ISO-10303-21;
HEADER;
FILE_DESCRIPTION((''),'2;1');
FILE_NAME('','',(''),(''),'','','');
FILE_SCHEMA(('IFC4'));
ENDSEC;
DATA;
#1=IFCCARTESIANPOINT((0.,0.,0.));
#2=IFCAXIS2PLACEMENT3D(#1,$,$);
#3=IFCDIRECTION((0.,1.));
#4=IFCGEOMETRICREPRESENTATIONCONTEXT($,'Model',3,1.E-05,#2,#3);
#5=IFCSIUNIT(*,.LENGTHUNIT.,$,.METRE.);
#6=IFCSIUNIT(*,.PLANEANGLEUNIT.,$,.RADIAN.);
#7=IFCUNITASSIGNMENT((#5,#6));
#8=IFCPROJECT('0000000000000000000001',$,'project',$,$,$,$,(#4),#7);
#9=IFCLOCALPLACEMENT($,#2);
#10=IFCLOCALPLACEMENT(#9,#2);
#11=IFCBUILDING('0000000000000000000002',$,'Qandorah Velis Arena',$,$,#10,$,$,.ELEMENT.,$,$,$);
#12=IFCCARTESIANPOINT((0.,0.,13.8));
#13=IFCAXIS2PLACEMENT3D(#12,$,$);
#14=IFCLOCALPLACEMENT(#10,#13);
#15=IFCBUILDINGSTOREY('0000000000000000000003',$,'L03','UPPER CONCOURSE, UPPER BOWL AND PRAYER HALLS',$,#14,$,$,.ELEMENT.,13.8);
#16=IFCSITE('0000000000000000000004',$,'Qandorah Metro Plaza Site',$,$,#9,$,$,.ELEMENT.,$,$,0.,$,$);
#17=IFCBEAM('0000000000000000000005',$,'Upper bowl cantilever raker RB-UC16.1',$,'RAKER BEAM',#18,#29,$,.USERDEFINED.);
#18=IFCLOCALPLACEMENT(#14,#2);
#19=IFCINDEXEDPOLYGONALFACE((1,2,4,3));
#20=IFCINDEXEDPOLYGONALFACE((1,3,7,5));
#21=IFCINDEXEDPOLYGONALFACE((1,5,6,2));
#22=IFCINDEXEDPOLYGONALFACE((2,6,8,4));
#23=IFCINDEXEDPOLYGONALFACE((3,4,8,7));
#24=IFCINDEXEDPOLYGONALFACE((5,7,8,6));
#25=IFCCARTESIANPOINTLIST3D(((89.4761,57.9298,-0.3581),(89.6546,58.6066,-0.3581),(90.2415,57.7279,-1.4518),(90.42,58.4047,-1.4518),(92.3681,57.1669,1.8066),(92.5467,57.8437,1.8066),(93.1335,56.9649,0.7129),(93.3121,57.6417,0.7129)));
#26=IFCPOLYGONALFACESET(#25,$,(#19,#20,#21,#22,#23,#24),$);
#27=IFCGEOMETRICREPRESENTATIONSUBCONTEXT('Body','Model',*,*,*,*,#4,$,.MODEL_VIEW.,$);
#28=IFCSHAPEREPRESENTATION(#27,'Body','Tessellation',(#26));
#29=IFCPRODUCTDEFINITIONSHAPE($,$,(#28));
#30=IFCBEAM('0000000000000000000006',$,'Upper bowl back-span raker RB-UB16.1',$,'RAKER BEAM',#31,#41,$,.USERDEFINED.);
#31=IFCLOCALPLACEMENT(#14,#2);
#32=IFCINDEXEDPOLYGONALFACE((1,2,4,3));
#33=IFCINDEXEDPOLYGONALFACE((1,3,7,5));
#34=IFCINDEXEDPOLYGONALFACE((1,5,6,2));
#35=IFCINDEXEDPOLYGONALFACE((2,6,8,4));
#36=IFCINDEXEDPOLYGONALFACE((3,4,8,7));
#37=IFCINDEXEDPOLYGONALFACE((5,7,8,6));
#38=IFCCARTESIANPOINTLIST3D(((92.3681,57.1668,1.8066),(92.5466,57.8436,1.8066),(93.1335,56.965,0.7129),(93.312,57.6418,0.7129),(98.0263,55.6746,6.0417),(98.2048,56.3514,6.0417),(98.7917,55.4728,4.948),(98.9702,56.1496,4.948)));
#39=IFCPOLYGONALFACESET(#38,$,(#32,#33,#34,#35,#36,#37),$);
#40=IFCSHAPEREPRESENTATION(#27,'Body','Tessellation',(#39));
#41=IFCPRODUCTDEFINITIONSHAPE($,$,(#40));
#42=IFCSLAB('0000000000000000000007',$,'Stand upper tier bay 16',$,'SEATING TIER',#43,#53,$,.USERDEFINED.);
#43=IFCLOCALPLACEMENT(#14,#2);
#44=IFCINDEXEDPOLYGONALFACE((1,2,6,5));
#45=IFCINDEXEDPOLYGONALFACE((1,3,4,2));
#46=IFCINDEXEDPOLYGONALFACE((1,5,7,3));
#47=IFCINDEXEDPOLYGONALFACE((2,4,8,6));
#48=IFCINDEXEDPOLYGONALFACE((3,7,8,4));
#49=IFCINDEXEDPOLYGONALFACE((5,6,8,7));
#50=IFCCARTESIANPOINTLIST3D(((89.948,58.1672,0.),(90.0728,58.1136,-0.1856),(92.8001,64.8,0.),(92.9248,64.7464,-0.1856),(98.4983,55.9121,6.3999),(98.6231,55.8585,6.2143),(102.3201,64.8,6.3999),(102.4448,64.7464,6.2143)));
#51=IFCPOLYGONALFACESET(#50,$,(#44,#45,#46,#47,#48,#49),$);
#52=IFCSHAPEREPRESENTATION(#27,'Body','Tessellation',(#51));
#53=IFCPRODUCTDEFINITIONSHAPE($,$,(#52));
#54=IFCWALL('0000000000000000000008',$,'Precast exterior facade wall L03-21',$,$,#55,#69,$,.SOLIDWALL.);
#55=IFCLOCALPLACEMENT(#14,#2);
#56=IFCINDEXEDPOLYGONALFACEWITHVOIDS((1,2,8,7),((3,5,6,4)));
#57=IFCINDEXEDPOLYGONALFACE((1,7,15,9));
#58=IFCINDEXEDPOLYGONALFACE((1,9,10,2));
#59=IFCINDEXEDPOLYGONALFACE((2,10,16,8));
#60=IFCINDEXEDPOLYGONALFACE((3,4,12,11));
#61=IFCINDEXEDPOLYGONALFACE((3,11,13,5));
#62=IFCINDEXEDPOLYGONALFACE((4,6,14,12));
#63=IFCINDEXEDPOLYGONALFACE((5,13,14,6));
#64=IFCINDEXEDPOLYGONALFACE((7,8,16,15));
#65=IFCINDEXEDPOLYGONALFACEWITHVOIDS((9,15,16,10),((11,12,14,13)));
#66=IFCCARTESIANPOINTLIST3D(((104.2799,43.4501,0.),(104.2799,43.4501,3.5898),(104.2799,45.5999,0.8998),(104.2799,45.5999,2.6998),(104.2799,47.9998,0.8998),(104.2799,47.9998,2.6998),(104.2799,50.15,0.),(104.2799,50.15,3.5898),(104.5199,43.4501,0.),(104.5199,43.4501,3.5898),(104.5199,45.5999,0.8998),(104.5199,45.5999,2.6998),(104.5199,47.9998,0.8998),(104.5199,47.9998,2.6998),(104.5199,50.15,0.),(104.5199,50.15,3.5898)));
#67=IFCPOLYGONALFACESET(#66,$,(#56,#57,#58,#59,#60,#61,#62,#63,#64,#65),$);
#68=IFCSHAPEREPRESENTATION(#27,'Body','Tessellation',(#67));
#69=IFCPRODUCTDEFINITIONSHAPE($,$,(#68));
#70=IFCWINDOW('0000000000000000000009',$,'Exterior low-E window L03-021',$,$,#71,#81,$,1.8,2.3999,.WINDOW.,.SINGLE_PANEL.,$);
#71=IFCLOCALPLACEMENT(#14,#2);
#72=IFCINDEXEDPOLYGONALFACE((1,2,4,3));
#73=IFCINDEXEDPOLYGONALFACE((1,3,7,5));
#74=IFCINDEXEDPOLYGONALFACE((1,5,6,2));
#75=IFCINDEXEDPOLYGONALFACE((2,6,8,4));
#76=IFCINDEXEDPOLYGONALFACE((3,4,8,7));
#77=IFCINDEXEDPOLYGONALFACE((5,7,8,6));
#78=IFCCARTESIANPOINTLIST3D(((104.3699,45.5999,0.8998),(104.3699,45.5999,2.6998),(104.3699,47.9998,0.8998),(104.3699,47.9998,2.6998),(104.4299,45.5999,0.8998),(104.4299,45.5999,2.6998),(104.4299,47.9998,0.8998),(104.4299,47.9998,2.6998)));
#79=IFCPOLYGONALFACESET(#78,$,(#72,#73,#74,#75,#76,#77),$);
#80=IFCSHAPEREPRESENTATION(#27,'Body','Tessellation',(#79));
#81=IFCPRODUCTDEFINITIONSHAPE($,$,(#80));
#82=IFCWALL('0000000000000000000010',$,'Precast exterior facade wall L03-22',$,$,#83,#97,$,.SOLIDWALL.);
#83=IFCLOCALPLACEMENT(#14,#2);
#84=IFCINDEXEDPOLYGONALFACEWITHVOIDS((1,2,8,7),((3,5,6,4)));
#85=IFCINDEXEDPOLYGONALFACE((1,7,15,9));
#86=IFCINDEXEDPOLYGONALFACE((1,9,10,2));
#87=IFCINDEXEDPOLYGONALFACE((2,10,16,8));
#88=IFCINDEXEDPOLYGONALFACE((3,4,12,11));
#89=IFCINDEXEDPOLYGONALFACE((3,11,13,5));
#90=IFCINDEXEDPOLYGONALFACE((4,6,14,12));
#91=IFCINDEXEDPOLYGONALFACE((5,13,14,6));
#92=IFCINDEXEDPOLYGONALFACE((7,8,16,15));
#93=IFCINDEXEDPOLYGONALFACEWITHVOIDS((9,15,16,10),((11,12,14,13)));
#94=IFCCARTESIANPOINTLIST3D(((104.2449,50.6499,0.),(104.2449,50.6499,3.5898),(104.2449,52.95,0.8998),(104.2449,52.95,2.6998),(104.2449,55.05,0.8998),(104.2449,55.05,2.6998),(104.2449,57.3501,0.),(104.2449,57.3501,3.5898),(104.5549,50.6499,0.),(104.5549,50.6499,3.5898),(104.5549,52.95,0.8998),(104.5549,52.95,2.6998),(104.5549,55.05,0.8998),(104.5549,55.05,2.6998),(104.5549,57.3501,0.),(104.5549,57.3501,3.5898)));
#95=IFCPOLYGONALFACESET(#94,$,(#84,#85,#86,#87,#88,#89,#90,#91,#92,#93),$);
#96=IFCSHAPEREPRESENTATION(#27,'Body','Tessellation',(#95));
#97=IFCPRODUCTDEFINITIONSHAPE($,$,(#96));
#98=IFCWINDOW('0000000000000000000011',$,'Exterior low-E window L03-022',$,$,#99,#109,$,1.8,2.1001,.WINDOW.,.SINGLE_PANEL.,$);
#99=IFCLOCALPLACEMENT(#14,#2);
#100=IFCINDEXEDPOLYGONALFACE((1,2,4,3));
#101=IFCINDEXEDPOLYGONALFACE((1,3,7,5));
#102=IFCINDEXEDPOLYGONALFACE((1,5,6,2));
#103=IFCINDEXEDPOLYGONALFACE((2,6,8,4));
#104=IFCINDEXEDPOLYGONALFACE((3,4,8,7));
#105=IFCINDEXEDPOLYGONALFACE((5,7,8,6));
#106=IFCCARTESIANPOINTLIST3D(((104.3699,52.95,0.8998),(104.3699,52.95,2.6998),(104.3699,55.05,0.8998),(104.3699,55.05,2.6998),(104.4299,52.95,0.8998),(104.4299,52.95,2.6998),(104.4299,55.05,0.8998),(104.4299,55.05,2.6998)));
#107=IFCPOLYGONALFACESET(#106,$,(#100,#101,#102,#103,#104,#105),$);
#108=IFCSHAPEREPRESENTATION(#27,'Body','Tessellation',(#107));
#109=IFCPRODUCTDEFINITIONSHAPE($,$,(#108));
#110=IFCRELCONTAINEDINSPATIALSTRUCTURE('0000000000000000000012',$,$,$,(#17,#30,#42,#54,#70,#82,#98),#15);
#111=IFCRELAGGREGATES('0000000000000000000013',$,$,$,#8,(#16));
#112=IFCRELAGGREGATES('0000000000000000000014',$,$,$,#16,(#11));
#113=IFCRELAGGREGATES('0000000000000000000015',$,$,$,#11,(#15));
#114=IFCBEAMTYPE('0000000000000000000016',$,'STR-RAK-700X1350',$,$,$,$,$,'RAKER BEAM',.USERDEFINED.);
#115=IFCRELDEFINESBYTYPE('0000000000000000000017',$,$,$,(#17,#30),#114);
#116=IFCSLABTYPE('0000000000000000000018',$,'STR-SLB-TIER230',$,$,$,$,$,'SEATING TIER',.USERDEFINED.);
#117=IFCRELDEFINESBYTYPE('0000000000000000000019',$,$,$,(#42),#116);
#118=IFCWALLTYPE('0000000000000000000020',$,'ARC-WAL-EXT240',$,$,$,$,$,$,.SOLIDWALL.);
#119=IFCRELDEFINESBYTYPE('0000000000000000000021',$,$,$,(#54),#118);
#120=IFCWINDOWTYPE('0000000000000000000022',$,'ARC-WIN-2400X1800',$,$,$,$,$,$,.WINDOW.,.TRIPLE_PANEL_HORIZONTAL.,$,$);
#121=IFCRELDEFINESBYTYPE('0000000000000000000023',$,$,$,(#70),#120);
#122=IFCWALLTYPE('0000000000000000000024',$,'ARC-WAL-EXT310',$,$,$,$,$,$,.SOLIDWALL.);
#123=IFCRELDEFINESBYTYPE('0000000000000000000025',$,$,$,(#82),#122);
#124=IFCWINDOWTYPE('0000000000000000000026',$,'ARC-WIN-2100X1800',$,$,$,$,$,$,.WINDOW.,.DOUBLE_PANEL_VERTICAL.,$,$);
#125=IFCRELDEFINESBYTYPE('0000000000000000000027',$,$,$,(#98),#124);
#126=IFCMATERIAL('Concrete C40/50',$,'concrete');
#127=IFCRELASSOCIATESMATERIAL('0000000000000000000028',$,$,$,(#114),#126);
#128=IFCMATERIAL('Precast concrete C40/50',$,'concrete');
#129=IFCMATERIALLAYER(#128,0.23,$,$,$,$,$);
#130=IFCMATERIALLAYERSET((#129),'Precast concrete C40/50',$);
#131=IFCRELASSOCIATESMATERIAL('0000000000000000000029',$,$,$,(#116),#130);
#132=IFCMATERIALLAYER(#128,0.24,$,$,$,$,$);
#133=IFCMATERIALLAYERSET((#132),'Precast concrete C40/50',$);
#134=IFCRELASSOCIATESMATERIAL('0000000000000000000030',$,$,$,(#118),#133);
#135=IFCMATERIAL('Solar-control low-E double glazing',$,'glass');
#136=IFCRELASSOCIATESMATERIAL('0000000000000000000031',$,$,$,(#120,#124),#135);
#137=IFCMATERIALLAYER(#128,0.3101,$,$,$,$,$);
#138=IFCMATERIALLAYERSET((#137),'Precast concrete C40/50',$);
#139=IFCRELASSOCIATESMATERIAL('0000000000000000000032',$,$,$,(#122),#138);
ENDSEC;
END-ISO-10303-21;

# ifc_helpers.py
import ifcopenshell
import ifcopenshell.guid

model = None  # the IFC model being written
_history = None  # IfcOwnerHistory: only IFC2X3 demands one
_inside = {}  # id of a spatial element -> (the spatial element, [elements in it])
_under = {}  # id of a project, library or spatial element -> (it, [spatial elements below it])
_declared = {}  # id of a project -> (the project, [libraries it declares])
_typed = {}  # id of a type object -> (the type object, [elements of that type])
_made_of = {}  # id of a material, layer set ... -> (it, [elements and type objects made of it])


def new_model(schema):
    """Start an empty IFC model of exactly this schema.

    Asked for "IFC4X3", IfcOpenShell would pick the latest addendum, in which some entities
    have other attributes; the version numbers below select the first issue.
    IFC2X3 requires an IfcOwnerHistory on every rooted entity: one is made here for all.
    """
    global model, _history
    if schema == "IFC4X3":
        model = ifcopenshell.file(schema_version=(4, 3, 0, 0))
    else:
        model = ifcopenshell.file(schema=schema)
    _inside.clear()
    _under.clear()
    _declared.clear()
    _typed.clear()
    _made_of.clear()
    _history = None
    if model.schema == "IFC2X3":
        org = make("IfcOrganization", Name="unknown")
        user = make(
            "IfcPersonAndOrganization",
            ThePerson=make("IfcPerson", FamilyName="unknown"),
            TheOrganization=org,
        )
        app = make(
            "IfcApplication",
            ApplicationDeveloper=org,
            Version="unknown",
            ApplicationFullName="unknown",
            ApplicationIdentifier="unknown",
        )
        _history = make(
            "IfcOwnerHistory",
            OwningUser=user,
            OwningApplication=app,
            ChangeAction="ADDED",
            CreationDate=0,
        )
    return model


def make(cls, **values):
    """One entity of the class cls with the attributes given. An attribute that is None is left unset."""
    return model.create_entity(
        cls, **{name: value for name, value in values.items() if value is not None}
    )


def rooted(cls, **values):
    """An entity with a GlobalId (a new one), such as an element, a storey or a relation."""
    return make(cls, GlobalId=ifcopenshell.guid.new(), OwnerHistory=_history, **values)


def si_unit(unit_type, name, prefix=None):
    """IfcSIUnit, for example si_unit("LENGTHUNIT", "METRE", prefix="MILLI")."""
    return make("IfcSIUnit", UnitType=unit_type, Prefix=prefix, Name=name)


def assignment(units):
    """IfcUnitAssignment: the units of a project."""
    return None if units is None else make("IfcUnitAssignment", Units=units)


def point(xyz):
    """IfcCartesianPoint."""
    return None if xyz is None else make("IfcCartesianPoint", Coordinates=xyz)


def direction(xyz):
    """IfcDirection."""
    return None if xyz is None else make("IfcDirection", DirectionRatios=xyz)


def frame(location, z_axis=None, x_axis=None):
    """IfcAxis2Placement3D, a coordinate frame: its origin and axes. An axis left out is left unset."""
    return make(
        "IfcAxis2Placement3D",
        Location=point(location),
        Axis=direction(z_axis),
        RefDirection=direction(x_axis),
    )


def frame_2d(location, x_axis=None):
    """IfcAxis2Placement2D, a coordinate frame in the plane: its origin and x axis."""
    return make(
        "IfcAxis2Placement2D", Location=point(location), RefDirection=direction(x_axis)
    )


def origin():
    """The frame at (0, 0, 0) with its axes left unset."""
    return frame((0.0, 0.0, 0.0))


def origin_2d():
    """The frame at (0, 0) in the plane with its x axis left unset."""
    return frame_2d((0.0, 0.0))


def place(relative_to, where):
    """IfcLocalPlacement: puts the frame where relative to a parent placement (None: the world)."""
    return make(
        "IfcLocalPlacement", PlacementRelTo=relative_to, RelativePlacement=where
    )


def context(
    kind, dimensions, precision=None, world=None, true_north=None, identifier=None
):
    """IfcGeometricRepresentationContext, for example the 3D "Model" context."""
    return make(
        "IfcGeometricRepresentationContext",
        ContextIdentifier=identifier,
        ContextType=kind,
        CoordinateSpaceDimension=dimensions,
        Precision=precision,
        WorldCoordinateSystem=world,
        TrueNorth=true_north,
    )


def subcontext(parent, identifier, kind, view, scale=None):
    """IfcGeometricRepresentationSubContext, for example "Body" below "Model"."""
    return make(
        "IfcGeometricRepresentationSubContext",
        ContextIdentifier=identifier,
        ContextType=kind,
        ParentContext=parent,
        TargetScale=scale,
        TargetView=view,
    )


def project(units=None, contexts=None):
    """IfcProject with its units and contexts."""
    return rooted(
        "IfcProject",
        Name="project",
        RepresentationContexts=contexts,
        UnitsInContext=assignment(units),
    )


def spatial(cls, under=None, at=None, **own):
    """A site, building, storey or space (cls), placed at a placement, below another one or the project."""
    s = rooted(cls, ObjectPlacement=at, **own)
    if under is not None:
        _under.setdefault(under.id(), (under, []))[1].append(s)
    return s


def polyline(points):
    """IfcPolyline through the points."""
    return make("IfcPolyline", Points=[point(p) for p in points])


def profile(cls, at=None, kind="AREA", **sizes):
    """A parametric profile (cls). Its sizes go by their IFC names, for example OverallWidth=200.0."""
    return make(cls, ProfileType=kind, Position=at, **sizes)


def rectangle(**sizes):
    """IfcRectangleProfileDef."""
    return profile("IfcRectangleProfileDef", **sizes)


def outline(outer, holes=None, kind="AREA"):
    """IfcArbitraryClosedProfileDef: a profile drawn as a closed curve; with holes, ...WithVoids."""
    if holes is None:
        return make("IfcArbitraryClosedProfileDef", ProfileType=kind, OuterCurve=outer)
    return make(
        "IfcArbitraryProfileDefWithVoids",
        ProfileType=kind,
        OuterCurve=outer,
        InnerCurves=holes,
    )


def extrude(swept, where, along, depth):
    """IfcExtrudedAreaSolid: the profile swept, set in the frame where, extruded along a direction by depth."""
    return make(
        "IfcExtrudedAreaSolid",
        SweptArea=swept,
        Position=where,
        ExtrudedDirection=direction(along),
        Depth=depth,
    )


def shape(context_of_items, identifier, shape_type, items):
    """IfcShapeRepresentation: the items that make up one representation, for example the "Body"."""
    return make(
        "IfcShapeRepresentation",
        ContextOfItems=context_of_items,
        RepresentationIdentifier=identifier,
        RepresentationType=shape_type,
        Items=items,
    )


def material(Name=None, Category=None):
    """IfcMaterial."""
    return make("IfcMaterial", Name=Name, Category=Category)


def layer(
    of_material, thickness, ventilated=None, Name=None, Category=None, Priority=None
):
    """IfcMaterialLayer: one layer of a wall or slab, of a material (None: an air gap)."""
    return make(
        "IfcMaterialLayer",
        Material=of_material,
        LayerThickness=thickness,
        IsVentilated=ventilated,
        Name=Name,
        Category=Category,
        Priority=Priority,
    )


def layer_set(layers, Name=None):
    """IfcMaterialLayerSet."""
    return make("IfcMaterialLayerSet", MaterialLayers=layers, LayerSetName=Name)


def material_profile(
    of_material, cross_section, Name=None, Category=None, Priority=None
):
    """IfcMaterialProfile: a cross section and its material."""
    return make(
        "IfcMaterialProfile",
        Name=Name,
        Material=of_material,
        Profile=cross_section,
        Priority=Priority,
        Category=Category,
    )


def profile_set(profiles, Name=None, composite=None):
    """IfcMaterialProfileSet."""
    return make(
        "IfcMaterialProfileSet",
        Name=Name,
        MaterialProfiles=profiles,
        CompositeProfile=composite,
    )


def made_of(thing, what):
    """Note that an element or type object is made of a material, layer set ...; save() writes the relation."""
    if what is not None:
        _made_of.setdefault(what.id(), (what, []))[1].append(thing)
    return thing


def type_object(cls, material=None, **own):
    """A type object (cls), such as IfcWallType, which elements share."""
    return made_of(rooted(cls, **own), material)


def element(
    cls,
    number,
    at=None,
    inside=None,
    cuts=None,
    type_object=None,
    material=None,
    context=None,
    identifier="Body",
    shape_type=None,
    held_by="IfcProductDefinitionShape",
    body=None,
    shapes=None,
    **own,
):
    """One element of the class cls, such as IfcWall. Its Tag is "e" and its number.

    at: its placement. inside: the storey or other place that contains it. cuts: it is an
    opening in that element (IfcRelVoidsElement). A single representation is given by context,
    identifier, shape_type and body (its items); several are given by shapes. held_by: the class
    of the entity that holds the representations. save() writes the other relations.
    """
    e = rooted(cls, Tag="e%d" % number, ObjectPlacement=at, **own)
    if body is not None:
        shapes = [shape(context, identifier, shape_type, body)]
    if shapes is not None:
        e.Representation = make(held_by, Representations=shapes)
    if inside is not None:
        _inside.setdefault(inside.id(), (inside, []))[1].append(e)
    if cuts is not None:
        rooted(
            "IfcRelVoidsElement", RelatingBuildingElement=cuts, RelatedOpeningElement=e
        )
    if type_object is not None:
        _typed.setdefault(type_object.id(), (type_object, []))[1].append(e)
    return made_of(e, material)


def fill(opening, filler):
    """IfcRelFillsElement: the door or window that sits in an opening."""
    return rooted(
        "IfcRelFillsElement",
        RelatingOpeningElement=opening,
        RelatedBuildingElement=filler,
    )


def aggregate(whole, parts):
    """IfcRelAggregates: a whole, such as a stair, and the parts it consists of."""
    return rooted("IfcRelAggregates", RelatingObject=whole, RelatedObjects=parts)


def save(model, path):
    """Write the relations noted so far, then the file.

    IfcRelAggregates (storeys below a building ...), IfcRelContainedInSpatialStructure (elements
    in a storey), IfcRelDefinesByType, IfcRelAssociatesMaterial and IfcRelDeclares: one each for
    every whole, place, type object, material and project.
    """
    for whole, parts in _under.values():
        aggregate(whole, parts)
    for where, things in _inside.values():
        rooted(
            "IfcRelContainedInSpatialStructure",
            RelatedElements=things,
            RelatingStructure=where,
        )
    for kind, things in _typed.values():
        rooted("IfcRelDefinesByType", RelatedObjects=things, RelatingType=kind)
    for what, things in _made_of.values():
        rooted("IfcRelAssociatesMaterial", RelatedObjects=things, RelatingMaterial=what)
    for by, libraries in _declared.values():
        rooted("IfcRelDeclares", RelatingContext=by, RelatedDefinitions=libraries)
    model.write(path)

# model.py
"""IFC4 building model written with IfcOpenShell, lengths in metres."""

from ifc_helpers import new_model, si_unit, direction, frame, frame_2d, origin, origin_2d, place, context, subcontext, project, spatial, polyline, rectangle, outline, extrude, material, layer, layer_set, material_profile, profile_set, type_object, element, fill, save


model = new_model("IFC4")

# Units and contexts
model_context = context("Model", 3, precision=1e-05, world=origin(), true_north=direction((0.0, 1.0)))
body_context = subcontext(model_context, "Body", "Model", "MODEL_VIEW")
ifc_project = project(units=[si_unit("LENGTHUNIT", "METRE"), si_unit("PLANEANGLEUNIT", "RADIAN")], contexts=[model_context])

# Site, building, storey
site_placement = place(None, origin())
site = spatial("IfcSite", under=ifc_project, at=site_placement, Name="Qandorah Metro Plaza Site", CompositionType="ELEMENT", RefElevation=0.0)
building_placement = place(site_placement, origin())
building = spatial("IfcBuilding", under=site, at=building_placement, Name="Qandorah Velis Arena", CompositionType="ELEMENT")
storey_placement = place(building_placement, frame((0.0, 0.0, 13.8)))
storey = spatial("IfcBuildingStorey", under=building, at=storey_placement, Name="L03", Description="UPPER CONCOURSE, UPPER BOWL AND PRAYER HALLS", CompositionType="ELEMENT", Elevation=13.8)

# Shared definitions
ifc_material_1 = material(Name="Concrete C40/50", Category="concrete")

# Beams
ifc_material_profile_1 = material_profile(ifc_material_1, rectangle(XDim=0.7, YDim=1.3501, at=origin_2d()), Name="RC RAKER 700x1350")
ifc_profile_set_1 = profile_set([ifc_material_profile_1], Name="Concrete C40/50")
beam_type_1 = type_object("IfcBeamType", Name="STR-RAK-700X1350", ElementType="RAKER BEAM", PredefinedType="USERDEFINED", material=ifc_profile_set_1)
beam_1_placement = place(storey_placement, frame((92.8401, 57.4043, 1.2598), z_axis=(-0.78329, 0.206634, -0.58631), x_axis=(-0.255076, -0.966921, 0.0)))
element("IfcBeam", 1, at=beam_1_placement, inside=storey, type_object=beam_type_1, Name="Upper bowl cantilever raker RB-UC16.1", ObjectType="RAKER BEAM", PredefinedType="USERDEFINED", context=body_context, shape_type="SweptSolid", body=[
    extrude(rectangle(XDim=0.7, YDim=1.3501, at=origin_2d()), origin(), (0.0, 0.0, 1.0), 3.6921),
])
beam_2_placement = place(storey_placement, frame((92.8401, 57.4043, 1.2598), z_axis=(0.783312, -0.206576, 0.586301), x_axis=(0.255003, 0.96694, 0.0)))
element("IfcBeam", 2, at=beam_2_placement, inside=storey, type_object=beam_type_1, Name="Upper bowl back-span raker RB-UB16.1", ObjectType="RAKER BEAM", PredefinedType="USERDEFINED", context=body_context, shape_type="SweptSolid", body=[
    extrude(rectangle(XDim=0.7, YDim=1.3501, at=origin_2d()), origin(), (0.0, 0.0, 1.0), 7.2234),
])

# Slab
ifc_material_2 = material(Name="Precast concrete C40/50", Category="concrete")
ifc_layer_1 = layer(ifc_material_2, 0.23)
ifc_layer_set_1 = layer_set([ifc_layer_1], Name="Precast concrete C40/50")
slab_type = type_object("IfcSlabType", Name="STR-SLB-TIER230", ElementType="SEATING TIER", PredefinedType="USERDEFINED", material=ifc_layer_set_1)
slab_placement = place(storey_placement, frame((89.948, 58.1672, 0.0), z_axis=(-0.542516, 0.233279, 0.807005), x_axis=(0.395022, 0.918672, -0.000001)))
element("IfcSlab", 3, at=slab_placement, inside=storey, type_object=slab_type, Name="Stand upper tier bay 16", ObjectType="SEATING TIER", PredefinedType="USERDEFINED", context=body_context, shape_type="SweptSolid", body=[
    extrude(outline(polyline([(0.0, 0.0), (7.22, 0.0), (10.9806, -10.8373), (1.3058, -10.8373), (0.0, 0.0)])), origin(), (0.0, 0.0, -1.0), 0.23),
])

# Walls, openings, windows
ifc_layer_2 = layer(ifc_material_2, 0.24)
ifc_layer_set_2 = layer_set([ifc_layer_2], Name="Precast concrete C40/50")
wall_type_1 = type_object("IfcWallType", Name="ARC-WAL-EXT240", PredefinedType="SOLIDWALL", material=ifc_layer_set_2)
wall_1_placement = place(storey_placement, frame((104.3999, 43.45, 0.0), z_axis=(0.0, 0.0, 1.0), x_axis=(0.0, 1.0, 0.0)))
wall_1 = element("IfcWall", 4, at=wall_1_placement, inside=storey, type_object=wall_type_1, Name="Precast exterior facade wall L03-21", PredefinedType="SOLIDWALL", context=body_context, shape_type="SweptSolid", body=[
    extrude(rectangle(XDim=6.7, YDim=0.24, at=frame_2d((3.3501, 0.0))), origin(), (0.0, 0.0, 1.0), 3.5898),
])
opening_1_placement = place(wall_1_placement, frame((2.1499, 0.0, 0.8999)))
opening_1 = element("IfcOpeningElement", 5, at=opening_1_placement, cuts=wall_1, PredefinedType="OPENING", context=body_context, shape_type="SweptSolid", body=[
    extrude(rectangle(XDim=2.3999, YDim=1.8, at=frame_2d((1.2, 0.8999))), frame((0.0, 0.1299, 0.0), z_axis=(0.0, -1.0, 0.0), x_axis=(1.0, 0.0, 0.0)), (0.0, 0.0, 1.0), 0.26),
])
ifc_material_3 = material(Name="Solar-control low-E double glazing", Category="glass")
window_type_1 = type_object("IfcWindowType", Name="ARC-WIN-2400X1800", PartitioningType="TRIPLE_PANEL_HORIZONTAL", PredefinedType="WINDOW", material=ifc_material_3)
window_1_placement = place(opening_1_placement, origin())
window_1 = element("IfcWindow", 6, at=window_1_placement, inside=storey, type_object=window_type_1, Name="Exterior low-E window L03-021", OverallHeight=1.8, OverallWidth=2.3999, PartitioningType="SINGLE_PANEL", PredefinedType="WINDOW", context=body_context, shape_type="SweptSolid", body=[
    extrude(rectangle(XDim=2.3999, YDim=1.8, at=frame_2d((1.2, 0.8999))), frame((0.0, 0.03, 0.0), z_axis=(0.0, -1.0, 0.0), x_axis=(1.0, 0.0, 0.0)), (0.0, 0.0, 1.0), 0.0601),
])
fill(opening_1, window_1)
ifc_layer_3 = layer(ifc_material_2, 0.3101)
ifc_layer_set_3 = layer_set([ifc_layer_3], Name="Precast concrete C40/50")
wall_type_2 = type_object("IfcWallType", Name="ARC-WAL-EXT310", PredefinedType="SOLIDWALL", material=ifc_layer_set_3)
wall_2_placement = place(storey_placement, frame((104.3999, 50.6499, 0.0), z_axis=(0.0, 0.0, 1.0), x_axis=(0.0, 1.0, 0.0)))
wall_2 = element("IfcWall", 7, at=wall_2_placement, inside=storey, type_object=wall_type_2, Name="Precast exterior facade wall L03-22", PredefinedType="SOLIDWALL", context=body_context, shape_type="SweptSolid", body=[
    extrude(rectangle(XDim=6.7002, YDim=0.3101, at=frame_2d((3.3501, 0.0))), origin(), (0.0, 0.0, 1.0), 3.5898),
])
opening_2_placement = place(wall_2_placement, frame((2.3, 0.0, 0.8999)))
opening_2 = element("IfcOpeningElement", 8, at=opening_2_placement, cuts=wall_2, PredefinedType="OPENING", context=body_context, shape_type="SweptSolid", body=[
    extrude(rectangle(XDim=2.1001, YDim=1.8, at=frame_2d((1.05, 0.8999))), frame((0.0, 0.165, 0.0), z_axis=(0.0, -1.0, 0.0), x_axis=(1.0, 0.0, 0.0)), (0.0, 0.0, 1.0), 0.3301),
])
window_type_2 = type_object("IfcWindowType", Name="ARC-WIN-2100X1800", PartitioningType="DOUBLE_PANEL_VERTICAL", PredefinedType="WINDOW", material=ifc_material_3)
window_2_placement = place(opening_2_placement, origin())
window_2 = element("IfcWindow", 9, at=window_2_placement, inside=storey, type_object=window_type_2, Name="Exterior low-E window L03-022", OverallHeight=1.8, OverallWidth=2.1001, PartitioningType="SINGLE_PANEL", PredefinedType="WINDOW", context=body_context, shape_type="SweptSolid", body=[
    extrude(rectangle(XDim=2.1001, YDim=1.8, at=frame_2d((1.05, 0.8999))), frame((0.0, 0.03, 0.0), z_axis=(0.0, -1.0, 0.0), x_axis=(1.0, 0.0, 0.0)), (0.0, 0.0, 1.0), 0.0601),
])
fill(opening_2, window_2)

save(model, "model.ifc")
